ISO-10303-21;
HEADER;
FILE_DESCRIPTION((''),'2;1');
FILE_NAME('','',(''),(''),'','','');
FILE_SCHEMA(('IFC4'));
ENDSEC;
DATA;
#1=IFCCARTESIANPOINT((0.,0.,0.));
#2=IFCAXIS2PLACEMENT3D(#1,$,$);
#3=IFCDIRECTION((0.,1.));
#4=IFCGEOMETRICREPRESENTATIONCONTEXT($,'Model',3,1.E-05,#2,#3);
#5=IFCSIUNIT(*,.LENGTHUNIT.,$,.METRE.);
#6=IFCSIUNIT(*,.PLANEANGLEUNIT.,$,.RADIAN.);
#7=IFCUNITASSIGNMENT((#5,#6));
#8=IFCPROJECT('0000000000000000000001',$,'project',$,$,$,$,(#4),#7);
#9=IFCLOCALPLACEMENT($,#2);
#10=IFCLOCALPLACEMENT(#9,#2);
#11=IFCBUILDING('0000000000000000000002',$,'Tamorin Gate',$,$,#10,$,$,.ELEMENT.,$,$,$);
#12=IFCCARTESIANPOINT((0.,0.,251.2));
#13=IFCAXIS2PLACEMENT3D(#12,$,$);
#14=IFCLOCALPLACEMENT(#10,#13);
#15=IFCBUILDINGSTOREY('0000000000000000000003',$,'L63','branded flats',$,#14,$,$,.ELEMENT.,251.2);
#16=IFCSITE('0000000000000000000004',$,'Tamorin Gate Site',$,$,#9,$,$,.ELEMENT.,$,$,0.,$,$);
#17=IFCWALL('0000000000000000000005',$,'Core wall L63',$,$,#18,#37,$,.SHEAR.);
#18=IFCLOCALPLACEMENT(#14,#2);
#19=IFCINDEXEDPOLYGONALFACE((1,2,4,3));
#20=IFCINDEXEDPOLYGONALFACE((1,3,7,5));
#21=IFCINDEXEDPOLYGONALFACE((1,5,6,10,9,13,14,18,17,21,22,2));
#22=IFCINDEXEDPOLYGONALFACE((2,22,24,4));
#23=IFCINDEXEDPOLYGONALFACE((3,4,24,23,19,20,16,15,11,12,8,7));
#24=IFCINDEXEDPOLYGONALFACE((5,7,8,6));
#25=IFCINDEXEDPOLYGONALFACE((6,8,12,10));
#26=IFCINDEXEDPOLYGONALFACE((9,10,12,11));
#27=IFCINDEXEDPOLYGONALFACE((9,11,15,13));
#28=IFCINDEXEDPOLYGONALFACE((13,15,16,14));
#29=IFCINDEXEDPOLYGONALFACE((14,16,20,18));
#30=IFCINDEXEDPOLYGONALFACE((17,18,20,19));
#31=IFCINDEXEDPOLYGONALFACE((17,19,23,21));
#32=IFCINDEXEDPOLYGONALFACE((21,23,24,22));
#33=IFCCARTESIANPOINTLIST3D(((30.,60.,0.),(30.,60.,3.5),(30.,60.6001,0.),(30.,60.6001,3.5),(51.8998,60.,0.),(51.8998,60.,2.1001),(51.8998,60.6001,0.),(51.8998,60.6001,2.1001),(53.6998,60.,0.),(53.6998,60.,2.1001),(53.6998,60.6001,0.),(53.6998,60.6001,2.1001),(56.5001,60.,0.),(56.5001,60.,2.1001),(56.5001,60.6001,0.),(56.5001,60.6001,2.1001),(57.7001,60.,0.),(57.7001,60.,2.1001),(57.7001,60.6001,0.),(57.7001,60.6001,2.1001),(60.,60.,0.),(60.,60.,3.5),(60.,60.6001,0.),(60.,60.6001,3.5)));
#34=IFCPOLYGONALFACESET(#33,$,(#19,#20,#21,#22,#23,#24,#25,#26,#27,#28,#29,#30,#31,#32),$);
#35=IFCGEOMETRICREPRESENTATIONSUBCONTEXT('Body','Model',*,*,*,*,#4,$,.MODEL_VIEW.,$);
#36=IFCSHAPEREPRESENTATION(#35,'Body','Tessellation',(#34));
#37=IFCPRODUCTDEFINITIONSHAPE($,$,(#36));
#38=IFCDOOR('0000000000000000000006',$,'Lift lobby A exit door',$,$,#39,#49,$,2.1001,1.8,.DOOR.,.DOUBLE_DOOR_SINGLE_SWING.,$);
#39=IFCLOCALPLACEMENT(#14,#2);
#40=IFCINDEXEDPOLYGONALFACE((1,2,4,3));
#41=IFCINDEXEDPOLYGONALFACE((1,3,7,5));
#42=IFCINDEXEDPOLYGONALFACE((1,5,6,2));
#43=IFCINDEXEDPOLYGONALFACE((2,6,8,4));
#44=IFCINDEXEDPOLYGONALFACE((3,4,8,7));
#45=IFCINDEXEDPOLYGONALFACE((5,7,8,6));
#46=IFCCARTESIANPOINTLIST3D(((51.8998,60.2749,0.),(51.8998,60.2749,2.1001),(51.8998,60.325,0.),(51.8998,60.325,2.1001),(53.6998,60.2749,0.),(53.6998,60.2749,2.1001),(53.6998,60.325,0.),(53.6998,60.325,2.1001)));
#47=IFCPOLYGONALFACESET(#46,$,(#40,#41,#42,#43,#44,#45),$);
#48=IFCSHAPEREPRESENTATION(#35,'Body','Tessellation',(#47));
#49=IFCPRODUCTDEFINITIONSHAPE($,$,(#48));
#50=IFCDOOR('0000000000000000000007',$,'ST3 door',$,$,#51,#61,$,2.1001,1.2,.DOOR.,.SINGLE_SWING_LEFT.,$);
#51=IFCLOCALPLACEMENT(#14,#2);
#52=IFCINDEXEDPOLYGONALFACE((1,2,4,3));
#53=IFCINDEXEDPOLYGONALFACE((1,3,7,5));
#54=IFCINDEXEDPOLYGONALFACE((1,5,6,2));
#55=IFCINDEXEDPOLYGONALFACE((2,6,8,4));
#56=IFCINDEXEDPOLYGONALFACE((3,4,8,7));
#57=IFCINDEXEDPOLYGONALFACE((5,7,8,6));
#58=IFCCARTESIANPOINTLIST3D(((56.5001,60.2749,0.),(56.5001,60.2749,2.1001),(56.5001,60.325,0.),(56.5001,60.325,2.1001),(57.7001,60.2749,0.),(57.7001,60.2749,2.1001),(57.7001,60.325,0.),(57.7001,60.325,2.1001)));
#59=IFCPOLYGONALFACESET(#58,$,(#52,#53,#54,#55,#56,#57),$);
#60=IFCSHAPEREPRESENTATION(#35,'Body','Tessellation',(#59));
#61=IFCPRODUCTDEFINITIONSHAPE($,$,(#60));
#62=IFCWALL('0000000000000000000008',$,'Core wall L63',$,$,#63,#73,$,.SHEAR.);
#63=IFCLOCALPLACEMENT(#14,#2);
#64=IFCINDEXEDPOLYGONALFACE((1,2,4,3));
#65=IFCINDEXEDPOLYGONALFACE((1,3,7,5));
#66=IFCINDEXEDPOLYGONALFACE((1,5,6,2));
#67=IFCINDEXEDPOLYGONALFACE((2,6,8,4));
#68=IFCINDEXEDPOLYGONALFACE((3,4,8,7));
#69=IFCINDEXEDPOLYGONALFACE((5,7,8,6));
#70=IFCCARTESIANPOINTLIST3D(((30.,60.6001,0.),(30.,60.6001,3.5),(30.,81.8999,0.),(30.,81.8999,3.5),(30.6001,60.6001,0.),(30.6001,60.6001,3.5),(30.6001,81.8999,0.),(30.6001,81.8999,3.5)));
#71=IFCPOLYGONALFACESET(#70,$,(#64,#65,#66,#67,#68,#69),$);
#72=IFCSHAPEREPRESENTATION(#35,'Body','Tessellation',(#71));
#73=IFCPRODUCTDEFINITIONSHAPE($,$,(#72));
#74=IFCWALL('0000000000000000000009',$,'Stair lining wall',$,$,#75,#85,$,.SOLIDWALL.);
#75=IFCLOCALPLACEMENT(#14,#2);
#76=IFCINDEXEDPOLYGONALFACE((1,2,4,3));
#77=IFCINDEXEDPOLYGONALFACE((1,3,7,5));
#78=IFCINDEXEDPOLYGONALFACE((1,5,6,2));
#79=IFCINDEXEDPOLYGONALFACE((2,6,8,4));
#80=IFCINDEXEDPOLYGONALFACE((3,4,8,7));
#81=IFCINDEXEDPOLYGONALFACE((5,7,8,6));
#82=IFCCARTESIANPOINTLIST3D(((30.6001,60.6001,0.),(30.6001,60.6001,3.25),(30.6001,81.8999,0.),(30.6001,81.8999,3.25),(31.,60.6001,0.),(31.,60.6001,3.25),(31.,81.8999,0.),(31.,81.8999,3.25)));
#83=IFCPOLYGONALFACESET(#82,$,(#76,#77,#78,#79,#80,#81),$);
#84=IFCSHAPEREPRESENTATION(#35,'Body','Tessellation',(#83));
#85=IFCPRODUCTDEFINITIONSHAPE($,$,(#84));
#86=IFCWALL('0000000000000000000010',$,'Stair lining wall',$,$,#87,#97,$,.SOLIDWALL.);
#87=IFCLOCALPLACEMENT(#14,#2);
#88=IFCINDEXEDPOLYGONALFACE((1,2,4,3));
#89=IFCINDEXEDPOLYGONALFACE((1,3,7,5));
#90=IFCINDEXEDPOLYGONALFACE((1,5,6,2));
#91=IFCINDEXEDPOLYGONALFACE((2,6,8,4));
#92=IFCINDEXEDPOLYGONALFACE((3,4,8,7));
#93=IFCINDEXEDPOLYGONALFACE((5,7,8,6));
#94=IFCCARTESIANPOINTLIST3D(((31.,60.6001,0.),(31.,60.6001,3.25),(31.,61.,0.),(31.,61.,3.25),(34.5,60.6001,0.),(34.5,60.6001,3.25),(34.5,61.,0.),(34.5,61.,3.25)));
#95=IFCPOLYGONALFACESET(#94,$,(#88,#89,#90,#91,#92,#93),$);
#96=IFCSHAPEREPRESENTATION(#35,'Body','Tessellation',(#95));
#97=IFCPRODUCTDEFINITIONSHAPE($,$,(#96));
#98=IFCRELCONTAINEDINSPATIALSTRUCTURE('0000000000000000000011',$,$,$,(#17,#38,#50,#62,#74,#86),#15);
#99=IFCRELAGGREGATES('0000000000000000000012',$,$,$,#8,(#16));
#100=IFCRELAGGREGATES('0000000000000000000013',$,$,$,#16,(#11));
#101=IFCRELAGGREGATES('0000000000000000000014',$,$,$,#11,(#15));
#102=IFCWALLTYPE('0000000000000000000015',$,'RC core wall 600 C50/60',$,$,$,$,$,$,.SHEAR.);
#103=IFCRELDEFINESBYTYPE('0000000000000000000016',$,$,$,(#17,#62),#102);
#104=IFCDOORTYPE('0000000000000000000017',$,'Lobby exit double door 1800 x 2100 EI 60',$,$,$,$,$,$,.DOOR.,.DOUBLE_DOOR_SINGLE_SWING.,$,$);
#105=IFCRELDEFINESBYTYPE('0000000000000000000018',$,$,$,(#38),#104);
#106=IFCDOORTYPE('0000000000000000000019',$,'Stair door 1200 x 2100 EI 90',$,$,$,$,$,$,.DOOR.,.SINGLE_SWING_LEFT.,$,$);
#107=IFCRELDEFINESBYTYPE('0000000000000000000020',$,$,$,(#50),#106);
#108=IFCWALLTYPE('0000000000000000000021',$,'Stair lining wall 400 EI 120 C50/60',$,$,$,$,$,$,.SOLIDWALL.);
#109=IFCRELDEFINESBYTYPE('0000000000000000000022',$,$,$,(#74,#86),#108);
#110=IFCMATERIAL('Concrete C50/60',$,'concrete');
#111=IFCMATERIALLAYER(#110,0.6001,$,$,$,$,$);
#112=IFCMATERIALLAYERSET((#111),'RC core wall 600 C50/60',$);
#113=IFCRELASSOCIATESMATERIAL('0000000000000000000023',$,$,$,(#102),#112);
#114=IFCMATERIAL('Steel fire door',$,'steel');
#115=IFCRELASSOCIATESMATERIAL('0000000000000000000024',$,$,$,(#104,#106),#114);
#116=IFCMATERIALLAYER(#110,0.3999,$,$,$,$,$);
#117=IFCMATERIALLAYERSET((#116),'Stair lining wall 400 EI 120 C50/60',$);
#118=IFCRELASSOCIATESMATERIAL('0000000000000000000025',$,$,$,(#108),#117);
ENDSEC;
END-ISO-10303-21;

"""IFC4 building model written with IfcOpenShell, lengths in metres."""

from ifc_helpers import new_model, si_unit, direction, frame, frame_2d, origin, place, context, subcontext, project, spatial, rectangle, extrude, material, layer, layer_set, type_object, element, fill, save


model = new_model("IFC4")

# Units and contexts
model_context = context("Model", 3, precision=1e-05, world=origin(), true_north=direction((0.0, 1.0)))
body_context = subcontext(model_context, "Body", "Model", "MODEL_VIEW")
ifc_project = project(units=[si_unit("LENGTHUNIT", "METRE"), si_unit("PLANEANGLEUNIT", "RADIAN")], contexts=[model_context])

# Site, building, storey
site_placement = place(None, origin())
site = spatial("IfcSite", under=ifc_project, at=site_placement, Name="Tamorin Gate Site", CompositionType="ELEMENT", RefElevation=0.0)
building_placement = place(site_placement, origin())
building = spatial("IfcBuilding", under=site, at=building_placement, Name="Tamorin Gate", CompositionType="ELEMENT")
storey_placement = place(building_placement, frame((0.0, 0.0, 251.2)))
storey = spatial("IfcBuildingStorey", under=building, at=storey_placement, Name="L63", Description="branded flats", CompositionType="ELEMENT", Elevation=251.2)

# Shared definitions
ifc_material_1 = material(Name="Concrete C50/60", Category="concrete")

# Wall, openings, doors
ifc_layer_1 = layer(ifc_material_1, 0.6001)
ifc_layer_set_1 = layer_set([ifc_layer_1], Name="RC core wall 600 C50/60")
wall_type_1 = type_object("IfcWallType", Name="RC core wall 600 C50/60", PredefinedType="SHEAR", material=ifc_layer_set_1)
wall_1_placement = place(storey_placement, frame((30.0, 60.3, 0.0), z_axis=(0.0, 0.0, 1.0), x_axis=(1.0, 0.0, 0.0)))
wall_1 = element("IfcWall", 1, at=wall_1_placement, inside=storey, type_object=wall_type_1, Name="Core wall L63", PredefinedType="SHEAR", context=body_context, shape_type="SweptSolid", body=[
    extrude(rectangle(XDim=30.0, YDim=0.6001, at=frame_2d((15.0, 0.0))), origin(), (0.0, 0.0, 1.0), 3.5),
])
opening_1_placement = place(wall_1_placement, frame((21.8999, 0.0, 0.0)))
opening_1 = element("IfcOpeningElement", 2, at=opening_1_placement, cuts=wall_1, PredefinedType="OPENING", context=body_context, shape_type="SweptSolid", body=[
    extrude(rectangle(XDim=1.8, YDim=2.1001, at=frame_2d((0.8999, 1.05))), frame((0.0, 0.3101, 0.0), z_axis=(0.0, -1.0, 0.0), x_axis=(1.0, 0.0, 0.0)), (0.0, 0.0, 1.0), 0.6201),
])
opening_2_placement = place(wall_1_placement, frame((26.5, 0.0, 0.0)))
opening_2 = element("IfcOpeningElement", 3, at=opening_2_placement, cuts=wall_1, PredefinedType="OPENING", context=body_context, shape_type="SweptSolid", body=[
    extrude(rectangle(XDim=1.2, YDim=2.1001, at=frame_2d((0.6001, 1.05))), frame((0.0, 0.3101, 0.0), z_axis=(0.0, -1.0, 0.0), x_axis=(1.0, 0.0, 0.0)), (0.0, 0.0, 1.0), 0.6201),
])
ifc_material_2 = material(Name="Steel fire door", Category="steel")
door_type_1 = type_object("IfcDoorType", Name="Lobby exit double door 1800 x 2100 EI 60", OperationType="DOUBLE_DOOR_SINGLE_SWING", PredefinedType="DOOR", material=ifc_material_2)
door_1_placement = place(opening_1_placement, origin())
door_1 = element("IfcDoor", 4, at=door_1_placement, inside=storey, type_object=door_type_1, Name="Lift lobby A exit door", OperationType="DOUBLE_DOOR_SINGLE_SWING", OverallHeight=2.1001, OverallWidth=1.8, PredefinedType="DOOR", context=body_context, shape_type="SweptSolid", body=[
    extrude(rectangle(XDim=1.8, YDim=2.1001, at=frame_2d((0.8999, 1.05))), frame((0.0, 0.0249, 0.0), z_axis=(0.0, -1.0, 0.0), x_axis=(1.0, 0.0, 0.0)), (0.0, 0.0, 1.0), 0.05),
])
fill(opening_1, door_1)
door_type_2 = type_object("IfcDoorType", Name="Stair door 1200 x 2100 EI 90", OperationType="SINGLE_SWING_LEFT", PredefinedType="DOOR", material=ifc_material_2)
door_2_placement = place(opening_2_placement, origin())
door_2 = element("IfcDoor", 5, at=door_2_placement, inside=storey, type_object=door_type_2, Name="ST3 door", OperationType="SINGLE_SWING_LEFT", OverallHeight=2.1001, OverallWidth=1.2, PredefinedType="DOOR", context=body_context, shape_type="SweptSolid", body=[
    extrude(rectangle(XDim=1.2, YDim=2.1001, at=frame_2d((0.6001, 1.05))), frame((0.0, 0.0249, 0.0), z_axis=(0.0, -1.0, 0.0), x_axis=(1.0, 0.0, 0.0)), (0.0, 0.0, 1.0), 0.05),
])
fill(opening_2, door_2)

# Walls
wall_2_placement = place(storey_placement, frame((30.3, 60.6001, 0.0), z_axis=(0.0, 0.0, 1.0), x_axis=(0.0, 1.0, 0.0)))
element("IfcWall", 6, at=wall_2_placement, inside=storey, type_object=wall_type_1, Name="Core wall L63", PredefinedType="SHEAR", context=body_context, shape_type="SweptSolid", body=[
    extrude(rectangle(XDim=21.2998, YDim=0.6001, at=frame_2d((10.6499, 0.0))), origin(), (0.0, 0.0, 1.0), 3.5),
])
ifc_layer_2 = layer(ifc_material_1, 0.3999)
ifc_layer_set_2 = layer_set([ifc_layer_2], Name="Stair lining wall 400 EI 120 C50/60")
wall_type_2 = type_object("IfcWallType", Name="Stair lining wall 400 EI 120 C50/60", PredefinedType="SOLIDWALL", material=ifc_layer_set_2)
wall_3_placement = place(storey_placement, frame((30.8, 60.6001, 0.0), z_axis=(0.0, 0.0, 1.0), x_axis=(0.0, 1.0, 0.0)))
element("IfcWall", 7, at=wall_3_placement, inside=storey, type_object=wall_type_2, Name="Stair lining wall", PredefinedType="SOLIDWALL", context=body_context, shape_type="SweptSolid", body=[
    extrude(rectangle(XDim=21.2998, YDim=0.3999, at=frame_2d((10.6499, 0.0))), origin(), (0.0, 0.0, 1.0), 3.25),
])
wall_4_placement = place(storey_placement, frame((31.0, 60.8, 0.0), z_axis=(0.0, 0.0, 1.0), x_axis=(1.0, 0.0, 0.0)))
element("IfcWall", 8, at=wall_4_placement, inside=storey, type_object=wall_type_2, Name="Stair lining wall", PredefinedType="SOLIDWALL", context=body_context, shape_type="SweptSolid", body=[
    extrude(rectangle(XDim=3.5, YDim=0.3999, at=frame_2d((1.75, 0.0))), origin(), (0.0, 0.0, 1.0), 3.25),
])

save(model, "model.ifc")
